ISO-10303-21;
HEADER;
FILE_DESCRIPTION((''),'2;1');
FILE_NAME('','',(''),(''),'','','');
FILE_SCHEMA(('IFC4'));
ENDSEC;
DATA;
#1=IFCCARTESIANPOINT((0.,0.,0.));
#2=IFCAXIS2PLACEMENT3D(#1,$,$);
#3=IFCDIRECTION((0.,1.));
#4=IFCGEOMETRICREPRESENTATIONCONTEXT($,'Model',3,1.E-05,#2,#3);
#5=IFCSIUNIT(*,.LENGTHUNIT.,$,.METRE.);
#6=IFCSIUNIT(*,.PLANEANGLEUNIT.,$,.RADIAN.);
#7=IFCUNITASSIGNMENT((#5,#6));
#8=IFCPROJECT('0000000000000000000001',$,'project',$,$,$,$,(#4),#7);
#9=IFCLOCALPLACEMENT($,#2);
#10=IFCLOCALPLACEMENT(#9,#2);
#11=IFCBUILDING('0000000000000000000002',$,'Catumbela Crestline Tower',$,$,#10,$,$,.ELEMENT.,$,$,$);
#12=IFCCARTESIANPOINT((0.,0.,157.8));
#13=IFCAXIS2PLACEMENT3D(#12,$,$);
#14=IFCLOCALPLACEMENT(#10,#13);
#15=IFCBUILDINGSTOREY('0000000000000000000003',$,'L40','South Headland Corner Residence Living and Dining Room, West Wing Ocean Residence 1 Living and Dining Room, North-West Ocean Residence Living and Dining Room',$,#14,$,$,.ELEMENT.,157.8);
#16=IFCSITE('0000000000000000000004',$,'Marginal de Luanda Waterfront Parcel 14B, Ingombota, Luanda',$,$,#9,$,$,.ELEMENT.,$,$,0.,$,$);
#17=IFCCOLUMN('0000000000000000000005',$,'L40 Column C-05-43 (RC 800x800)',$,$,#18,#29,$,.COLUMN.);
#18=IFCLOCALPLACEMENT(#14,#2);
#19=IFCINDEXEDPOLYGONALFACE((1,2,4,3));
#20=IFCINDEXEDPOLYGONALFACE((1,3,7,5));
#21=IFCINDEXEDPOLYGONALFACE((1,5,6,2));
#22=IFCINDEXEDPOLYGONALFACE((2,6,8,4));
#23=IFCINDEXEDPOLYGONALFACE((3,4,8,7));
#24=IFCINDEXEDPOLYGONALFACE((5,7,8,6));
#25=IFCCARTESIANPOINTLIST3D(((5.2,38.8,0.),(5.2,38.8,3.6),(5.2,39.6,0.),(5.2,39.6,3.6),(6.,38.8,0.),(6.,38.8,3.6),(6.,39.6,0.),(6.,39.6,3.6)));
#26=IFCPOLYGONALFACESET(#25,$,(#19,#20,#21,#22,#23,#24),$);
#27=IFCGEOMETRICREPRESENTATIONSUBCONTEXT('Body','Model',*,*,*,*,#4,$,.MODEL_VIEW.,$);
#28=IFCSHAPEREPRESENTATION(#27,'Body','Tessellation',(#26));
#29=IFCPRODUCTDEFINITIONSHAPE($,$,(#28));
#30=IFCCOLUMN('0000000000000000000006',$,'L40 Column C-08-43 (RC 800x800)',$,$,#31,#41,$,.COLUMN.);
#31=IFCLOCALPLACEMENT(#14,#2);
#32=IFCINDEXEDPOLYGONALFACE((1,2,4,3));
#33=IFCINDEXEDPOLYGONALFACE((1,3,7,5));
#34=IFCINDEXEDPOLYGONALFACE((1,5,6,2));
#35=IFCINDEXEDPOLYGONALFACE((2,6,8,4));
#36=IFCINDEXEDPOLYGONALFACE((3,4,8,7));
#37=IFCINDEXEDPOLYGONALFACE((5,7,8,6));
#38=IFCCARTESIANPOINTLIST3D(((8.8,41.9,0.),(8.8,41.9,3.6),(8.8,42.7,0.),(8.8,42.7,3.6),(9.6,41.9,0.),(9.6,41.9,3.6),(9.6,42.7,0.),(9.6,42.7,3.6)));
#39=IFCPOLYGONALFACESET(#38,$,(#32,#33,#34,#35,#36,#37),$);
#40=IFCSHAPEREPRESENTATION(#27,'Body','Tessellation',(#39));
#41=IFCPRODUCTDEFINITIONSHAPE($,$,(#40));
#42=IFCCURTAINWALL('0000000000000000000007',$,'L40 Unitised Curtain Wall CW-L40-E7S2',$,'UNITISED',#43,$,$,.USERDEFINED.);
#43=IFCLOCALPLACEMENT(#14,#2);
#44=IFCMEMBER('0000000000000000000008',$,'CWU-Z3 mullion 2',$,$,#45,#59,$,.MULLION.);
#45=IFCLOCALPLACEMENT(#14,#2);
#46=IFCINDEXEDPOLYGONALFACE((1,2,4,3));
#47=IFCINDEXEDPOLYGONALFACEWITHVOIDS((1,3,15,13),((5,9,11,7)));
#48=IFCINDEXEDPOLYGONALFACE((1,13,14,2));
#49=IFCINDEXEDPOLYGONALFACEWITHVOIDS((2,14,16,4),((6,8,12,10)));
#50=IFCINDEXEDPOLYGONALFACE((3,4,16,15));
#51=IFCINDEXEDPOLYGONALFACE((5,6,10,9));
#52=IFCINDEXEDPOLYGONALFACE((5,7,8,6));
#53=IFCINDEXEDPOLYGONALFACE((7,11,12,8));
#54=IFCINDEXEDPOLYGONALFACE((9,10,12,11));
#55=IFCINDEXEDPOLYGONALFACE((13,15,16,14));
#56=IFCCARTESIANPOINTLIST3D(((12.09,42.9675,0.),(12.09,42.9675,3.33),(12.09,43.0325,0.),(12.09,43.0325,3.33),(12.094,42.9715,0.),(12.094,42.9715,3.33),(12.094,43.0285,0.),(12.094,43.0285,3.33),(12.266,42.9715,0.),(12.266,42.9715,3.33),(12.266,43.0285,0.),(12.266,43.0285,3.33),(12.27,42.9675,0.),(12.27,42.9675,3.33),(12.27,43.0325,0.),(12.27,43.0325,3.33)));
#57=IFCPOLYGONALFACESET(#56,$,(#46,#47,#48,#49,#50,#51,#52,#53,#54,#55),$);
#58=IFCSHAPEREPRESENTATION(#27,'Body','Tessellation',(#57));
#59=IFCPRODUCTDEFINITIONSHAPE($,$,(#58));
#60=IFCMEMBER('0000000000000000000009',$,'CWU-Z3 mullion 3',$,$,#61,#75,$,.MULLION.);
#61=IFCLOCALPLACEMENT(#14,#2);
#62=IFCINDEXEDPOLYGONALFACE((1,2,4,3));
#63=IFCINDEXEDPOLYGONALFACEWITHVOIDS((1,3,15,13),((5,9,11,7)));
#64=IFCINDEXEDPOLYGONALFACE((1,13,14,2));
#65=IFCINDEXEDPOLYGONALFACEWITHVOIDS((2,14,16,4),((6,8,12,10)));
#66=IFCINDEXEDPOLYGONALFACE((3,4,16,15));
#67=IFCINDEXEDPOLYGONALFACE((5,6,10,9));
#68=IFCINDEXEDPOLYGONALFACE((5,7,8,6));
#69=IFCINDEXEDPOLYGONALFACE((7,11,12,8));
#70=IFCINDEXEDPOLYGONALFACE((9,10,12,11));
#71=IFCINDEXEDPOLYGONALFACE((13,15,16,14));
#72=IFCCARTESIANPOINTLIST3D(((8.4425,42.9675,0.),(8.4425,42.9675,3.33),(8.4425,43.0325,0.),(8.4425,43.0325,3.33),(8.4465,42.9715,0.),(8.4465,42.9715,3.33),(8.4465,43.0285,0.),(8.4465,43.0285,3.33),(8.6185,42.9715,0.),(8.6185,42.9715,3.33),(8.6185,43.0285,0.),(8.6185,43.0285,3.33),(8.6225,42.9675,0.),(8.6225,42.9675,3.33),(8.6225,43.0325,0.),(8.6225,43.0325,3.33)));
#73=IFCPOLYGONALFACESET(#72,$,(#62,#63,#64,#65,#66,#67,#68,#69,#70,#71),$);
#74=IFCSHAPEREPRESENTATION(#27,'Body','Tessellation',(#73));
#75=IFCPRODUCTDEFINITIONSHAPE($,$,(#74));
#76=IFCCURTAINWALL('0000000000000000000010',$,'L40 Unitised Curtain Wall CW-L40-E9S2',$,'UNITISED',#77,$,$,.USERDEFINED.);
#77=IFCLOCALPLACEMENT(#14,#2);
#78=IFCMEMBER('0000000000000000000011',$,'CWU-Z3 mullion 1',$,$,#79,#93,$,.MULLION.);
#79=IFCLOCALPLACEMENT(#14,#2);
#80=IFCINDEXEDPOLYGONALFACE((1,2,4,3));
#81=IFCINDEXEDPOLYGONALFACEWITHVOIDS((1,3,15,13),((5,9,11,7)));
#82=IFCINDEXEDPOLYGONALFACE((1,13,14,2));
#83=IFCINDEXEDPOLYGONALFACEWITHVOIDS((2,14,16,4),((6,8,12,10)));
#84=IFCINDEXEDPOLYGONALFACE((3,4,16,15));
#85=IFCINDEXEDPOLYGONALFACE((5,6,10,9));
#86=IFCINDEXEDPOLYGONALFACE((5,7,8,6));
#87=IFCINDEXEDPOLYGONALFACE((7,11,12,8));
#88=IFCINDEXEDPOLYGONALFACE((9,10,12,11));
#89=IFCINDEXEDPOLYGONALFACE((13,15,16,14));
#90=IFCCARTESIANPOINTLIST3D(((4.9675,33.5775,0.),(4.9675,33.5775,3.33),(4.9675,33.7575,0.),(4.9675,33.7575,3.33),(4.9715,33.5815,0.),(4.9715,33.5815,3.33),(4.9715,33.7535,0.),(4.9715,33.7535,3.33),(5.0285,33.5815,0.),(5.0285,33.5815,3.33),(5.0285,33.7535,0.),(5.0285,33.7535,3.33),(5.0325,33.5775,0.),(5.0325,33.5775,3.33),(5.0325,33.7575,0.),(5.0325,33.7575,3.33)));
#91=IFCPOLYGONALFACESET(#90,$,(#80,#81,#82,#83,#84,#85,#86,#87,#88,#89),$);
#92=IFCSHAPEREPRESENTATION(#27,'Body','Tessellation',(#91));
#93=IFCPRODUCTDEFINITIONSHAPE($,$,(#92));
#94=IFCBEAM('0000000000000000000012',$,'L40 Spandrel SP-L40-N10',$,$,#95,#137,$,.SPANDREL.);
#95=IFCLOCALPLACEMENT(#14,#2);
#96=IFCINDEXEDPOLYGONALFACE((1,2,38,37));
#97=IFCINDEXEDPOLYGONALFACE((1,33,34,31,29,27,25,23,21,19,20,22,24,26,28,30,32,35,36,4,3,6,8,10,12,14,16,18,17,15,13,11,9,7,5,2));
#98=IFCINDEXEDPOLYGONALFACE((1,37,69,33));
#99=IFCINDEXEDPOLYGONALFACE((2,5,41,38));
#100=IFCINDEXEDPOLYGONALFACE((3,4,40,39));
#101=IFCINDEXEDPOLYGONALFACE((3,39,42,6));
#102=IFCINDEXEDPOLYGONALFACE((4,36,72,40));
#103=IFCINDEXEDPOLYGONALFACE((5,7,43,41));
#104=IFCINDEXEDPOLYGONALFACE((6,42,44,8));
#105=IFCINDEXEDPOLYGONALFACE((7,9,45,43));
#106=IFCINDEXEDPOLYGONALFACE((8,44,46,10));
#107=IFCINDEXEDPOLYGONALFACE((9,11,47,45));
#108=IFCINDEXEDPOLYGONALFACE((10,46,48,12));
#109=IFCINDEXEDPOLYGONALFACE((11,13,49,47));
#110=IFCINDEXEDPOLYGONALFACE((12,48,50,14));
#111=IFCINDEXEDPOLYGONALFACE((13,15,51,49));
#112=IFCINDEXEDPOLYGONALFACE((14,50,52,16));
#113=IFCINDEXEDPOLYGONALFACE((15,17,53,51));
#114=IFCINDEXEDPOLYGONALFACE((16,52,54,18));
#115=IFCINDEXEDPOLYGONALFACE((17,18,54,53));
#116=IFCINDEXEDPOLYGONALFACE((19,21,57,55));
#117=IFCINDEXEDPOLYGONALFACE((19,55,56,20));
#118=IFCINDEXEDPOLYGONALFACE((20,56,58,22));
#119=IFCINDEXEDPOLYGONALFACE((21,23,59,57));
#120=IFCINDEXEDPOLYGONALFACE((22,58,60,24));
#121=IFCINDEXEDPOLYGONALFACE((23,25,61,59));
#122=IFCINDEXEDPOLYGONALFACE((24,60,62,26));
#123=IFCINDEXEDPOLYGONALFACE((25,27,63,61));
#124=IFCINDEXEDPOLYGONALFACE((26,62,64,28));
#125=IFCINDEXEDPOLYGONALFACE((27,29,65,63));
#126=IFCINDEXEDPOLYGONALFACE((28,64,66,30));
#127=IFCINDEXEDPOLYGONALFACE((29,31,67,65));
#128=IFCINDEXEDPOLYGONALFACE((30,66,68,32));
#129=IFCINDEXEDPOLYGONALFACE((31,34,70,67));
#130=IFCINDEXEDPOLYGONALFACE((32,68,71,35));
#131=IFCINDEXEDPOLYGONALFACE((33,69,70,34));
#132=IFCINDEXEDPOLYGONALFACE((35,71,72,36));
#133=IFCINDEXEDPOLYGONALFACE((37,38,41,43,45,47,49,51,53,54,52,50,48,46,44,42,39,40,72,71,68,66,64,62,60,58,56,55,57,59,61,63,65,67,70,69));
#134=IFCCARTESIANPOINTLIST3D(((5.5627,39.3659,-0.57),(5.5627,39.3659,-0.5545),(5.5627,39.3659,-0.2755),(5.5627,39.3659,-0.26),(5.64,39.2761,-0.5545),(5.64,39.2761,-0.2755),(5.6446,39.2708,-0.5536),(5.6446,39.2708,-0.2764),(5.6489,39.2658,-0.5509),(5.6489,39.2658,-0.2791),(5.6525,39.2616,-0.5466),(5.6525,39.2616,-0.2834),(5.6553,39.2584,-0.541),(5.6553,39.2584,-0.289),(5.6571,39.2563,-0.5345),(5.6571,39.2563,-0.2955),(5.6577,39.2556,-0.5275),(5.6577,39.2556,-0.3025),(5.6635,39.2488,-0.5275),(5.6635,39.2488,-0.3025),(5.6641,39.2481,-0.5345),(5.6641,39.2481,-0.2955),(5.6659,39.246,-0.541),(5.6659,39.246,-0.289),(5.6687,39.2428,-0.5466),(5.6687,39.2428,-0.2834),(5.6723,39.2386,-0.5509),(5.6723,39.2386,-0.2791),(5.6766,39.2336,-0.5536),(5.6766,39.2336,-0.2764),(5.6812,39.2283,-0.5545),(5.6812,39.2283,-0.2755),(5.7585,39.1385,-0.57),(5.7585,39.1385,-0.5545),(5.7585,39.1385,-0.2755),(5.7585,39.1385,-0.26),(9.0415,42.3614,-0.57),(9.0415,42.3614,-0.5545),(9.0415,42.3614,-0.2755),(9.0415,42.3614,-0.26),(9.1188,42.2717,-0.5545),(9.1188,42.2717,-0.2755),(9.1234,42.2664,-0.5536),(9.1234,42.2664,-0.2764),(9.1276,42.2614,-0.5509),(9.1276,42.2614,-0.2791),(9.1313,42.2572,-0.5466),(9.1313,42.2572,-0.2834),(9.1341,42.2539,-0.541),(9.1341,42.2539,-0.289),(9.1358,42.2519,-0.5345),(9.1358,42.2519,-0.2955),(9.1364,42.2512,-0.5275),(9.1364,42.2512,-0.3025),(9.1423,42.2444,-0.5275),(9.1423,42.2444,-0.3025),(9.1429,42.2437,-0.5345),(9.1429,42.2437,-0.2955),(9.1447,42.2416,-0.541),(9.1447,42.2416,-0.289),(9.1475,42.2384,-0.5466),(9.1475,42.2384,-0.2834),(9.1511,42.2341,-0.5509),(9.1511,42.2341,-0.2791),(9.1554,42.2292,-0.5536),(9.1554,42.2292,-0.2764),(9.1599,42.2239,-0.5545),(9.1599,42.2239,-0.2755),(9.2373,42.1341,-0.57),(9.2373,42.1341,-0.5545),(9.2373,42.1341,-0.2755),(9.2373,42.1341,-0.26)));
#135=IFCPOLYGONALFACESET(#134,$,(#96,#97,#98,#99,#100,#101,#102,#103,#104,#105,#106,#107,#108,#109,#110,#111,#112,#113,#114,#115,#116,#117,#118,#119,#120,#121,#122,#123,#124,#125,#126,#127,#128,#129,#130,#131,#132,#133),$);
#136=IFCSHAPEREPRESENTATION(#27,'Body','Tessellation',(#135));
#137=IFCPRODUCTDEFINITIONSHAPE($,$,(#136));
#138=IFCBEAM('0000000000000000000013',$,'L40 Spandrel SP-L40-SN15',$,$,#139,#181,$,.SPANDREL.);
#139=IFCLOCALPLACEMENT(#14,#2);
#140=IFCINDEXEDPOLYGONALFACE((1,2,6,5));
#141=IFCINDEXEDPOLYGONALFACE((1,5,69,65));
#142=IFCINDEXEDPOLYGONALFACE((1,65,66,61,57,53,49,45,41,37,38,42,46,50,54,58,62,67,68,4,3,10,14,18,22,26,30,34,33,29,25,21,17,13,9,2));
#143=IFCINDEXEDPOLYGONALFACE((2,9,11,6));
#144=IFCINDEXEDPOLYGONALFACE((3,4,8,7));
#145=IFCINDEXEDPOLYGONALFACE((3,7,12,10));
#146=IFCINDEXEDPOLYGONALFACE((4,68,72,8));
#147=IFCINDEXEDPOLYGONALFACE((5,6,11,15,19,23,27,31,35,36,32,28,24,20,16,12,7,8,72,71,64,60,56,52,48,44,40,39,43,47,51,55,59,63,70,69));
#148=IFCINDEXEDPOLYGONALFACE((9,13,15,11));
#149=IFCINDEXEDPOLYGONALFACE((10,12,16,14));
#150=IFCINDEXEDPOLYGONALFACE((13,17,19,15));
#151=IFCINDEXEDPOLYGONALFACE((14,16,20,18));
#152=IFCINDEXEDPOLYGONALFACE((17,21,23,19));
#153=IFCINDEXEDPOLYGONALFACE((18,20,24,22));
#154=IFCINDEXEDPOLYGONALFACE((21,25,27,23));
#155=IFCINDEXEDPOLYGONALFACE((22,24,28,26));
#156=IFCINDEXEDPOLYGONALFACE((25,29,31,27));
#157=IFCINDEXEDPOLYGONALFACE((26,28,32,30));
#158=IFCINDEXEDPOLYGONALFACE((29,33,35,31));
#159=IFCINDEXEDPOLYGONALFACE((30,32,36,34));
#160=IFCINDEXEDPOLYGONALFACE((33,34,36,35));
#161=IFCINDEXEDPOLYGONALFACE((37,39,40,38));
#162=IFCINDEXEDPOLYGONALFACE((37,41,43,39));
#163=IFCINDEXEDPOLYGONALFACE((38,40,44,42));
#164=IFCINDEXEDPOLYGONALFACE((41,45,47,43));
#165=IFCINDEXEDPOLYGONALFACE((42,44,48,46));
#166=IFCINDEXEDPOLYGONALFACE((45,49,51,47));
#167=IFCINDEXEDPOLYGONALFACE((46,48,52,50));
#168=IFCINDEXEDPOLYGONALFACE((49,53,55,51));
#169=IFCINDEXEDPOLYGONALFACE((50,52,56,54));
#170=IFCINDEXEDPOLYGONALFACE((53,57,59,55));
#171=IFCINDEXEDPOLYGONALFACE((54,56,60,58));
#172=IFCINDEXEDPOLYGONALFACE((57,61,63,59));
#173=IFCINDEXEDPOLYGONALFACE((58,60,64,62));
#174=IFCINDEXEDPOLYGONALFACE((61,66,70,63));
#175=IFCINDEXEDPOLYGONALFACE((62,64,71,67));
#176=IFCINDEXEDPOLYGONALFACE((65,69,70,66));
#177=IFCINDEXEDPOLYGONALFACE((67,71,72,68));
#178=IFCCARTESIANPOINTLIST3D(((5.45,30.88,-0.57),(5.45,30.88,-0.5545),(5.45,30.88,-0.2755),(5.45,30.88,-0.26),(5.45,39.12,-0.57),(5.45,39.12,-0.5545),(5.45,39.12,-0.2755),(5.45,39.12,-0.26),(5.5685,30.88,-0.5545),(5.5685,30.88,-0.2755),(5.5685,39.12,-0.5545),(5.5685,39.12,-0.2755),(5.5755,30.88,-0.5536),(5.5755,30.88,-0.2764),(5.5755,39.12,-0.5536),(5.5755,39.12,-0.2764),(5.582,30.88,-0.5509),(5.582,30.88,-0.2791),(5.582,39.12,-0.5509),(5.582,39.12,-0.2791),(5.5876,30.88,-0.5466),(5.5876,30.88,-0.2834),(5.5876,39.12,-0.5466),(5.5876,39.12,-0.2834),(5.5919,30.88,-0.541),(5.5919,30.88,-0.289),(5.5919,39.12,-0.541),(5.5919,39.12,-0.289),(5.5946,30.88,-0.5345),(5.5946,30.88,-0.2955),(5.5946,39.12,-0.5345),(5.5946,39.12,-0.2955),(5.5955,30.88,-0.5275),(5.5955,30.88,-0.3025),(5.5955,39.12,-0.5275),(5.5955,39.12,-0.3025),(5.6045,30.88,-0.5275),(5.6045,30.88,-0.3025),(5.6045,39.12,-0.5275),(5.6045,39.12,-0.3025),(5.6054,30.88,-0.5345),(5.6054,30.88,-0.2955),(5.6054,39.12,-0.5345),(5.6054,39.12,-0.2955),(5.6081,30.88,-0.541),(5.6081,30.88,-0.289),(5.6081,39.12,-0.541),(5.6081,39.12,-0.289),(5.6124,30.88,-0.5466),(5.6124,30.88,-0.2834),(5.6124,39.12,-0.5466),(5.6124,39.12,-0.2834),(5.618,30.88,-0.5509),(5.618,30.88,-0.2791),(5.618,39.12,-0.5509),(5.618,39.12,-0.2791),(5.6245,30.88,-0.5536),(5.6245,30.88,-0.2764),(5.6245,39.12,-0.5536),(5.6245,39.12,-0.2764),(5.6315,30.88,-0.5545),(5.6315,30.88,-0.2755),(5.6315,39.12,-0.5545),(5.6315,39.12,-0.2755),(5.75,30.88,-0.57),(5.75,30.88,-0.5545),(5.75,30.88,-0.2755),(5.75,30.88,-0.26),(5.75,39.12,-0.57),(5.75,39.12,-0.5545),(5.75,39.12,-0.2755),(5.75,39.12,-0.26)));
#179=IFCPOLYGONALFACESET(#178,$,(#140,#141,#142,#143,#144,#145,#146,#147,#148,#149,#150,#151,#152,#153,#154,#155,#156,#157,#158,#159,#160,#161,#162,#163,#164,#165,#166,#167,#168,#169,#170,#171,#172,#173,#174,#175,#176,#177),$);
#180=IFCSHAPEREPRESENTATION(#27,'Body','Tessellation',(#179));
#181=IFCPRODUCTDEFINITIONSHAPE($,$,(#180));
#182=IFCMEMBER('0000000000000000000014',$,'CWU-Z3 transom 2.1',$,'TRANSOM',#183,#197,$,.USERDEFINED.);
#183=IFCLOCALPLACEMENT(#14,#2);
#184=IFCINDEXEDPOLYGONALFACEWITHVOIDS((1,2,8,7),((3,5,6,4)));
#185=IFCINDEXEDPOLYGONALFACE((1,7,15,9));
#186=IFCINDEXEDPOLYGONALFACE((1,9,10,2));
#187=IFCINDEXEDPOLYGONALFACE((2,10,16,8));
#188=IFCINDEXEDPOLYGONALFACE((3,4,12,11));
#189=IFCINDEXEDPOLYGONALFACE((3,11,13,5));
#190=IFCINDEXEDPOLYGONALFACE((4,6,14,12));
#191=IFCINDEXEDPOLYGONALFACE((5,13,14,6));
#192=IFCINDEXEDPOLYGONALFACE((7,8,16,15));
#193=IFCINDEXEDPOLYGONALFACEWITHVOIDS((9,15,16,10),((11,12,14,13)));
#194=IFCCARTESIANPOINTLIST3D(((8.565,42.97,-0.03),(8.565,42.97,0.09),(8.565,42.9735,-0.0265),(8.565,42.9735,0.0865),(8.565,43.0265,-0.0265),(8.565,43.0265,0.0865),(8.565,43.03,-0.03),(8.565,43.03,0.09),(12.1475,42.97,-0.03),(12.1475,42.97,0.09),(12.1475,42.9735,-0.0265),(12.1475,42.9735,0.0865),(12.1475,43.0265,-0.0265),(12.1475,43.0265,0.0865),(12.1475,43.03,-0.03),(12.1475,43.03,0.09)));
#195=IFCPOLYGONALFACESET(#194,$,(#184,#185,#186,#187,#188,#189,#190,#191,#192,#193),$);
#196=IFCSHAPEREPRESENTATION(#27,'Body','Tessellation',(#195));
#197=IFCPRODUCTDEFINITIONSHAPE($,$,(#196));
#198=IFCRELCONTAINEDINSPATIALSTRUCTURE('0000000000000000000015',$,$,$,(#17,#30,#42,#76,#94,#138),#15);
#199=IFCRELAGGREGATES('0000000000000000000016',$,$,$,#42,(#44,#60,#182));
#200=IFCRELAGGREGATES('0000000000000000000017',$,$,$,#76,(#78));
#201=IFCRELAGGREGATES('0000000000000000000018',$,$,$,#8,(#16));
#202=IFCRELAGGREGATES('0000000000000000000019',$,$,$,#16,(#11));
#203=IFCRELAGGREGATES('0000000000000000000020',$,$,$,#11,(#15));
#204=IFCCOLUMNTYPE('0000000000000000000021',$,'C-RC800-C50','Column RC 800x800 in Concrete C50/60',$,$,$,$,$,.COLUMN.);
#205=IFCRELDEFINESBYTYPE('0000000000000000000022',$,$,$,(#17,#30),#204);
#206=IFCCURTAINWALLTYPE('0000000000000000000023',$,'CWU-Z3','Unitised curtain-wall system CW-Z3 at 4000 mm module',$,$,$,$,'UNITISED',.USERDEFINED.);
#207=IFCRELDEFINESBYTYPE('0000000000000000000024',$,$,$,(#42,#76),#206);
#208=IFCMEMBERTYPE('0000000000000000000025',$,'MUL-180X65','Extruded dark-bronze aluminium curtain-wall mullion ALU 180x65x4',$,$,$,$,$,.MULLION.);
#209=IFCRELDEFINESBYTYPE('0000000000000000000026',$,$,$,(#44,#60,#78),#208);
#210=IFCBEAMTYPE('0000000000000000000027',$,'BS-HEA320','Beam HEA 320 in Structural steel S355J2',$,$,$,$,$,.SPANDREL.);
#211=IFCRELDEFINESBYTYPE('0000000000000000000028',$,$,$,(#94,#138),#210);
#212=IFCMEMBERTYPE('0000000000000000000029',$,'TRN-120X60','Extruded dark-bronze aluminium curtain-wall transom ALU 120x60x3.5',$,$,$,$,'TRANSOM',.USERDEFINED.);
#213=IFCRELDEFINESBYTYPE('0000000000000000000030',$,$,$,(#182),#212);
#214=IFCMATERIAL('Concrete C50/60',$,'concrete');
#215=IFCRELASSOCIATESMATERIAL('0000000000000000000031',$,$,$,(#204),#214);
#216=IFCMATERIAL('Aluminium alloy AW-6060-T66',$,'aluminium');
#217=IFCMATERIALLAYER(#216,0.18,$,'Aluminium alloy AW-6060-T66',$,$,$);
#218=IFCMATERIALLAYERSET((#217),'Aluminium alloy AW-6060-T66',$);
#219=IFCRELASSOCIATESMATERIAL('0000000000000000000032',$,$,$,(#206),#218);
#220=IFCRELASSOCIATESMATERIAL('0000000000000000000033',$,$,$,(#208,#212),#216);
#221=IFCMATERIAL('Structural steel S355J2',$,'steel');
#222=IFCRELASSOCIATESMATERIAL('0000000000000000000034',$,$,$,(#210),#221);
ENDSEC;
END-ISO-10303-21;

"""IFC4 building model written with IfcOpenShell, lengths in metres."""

from ifc_helpers import new_model, si_unit, direction, frame, origin, origin_2d, place, context, subcontext, project, spatial, rectangle, hollow_rectangle, i_section, extrude, material, layer, layer_set, material_profile, profile_set, type_object, element, aggregate, save


model = new_model("IFC4")

# Units and contexts
model_context = context("Model", 3, precision=1e-05, world=origin(), true_north=direction((0.0, 1.0)))
body_context = subcontext(model_context, "Body", "Model", "MODEL_VIEW")
ifc_project = project(units=[si_unit("LENGTHUNIT", "METRE"), si_unit("PLANEANGLEUNIT", "RADIAN")], contexts=[model_context])

# Site, building, storey
site_placement = place(None, origin())
site = spatial("IfcSite", under=ifc_project, at=site_placement, Name="Marginal de Luanda Waterfront Parcel 14B, Ingombota, Luanda", CompositionType="ELEMENT", RefElevation=0.0)
building_placement = place(site_placement, origin())
building = spatial("IfcBuilding", under=site, at=building_placement, Name="Catumbela Crestline Tower", CompositionType="ELEMENT")
storey_placement = place(building_placement, frame((0.0, 0.0, 157.8)))
storey = spatial("IfcBuildingStorey", under=building, at=storey_placement, Name="L40", Description="South Headland Corner Residence Living and Dining Room, West Wing Ocean Residence 1 Living and Dining Room, North-West Ocean Residence Living and Dining Room", CompositionType="ELEMENT", Elevation=157.8)

# Columns
ifc_material_1 = material(Name="Concrete C50/60", Category="concrete")
ifc_material_profile_1 = material_profile(ifc_material_1, rectangle(XDim=0.8, YDim=0.8, at=origin_2d()), Name="RC 800x800")
ifc_profile_set_1 = profile_set([ifc_material_profile_1], Name="Concrete C50/60")
column_type = type_object("IfcColumnType", Name="C-RC800-C50", Description="Column RC 800x800 in Concrete C50/60", PredefinedType="COLUMN", material=ifc_profile_set_1)
for number, where, z_axis, x_axis, name in (
    (1, (5.6, 39.2, 0.0), (0.0, 0.0, 1.0), (1.0, 0.0, 0.0), "L40 Column C-05-43 (RC 800x800)"),
    (2, (9.2, 42.3, 0.0), (0.0, 0.0, 1.0), (1.0, 0.0, 0.0), "L40 Column C-08-43 (RC 800x800)"),
):
    element("IfcColumn", number, at=place(storey_placement, frame(where, z_axis=z_axis, x_axis=x_axis)), inside=storey, type_object=column_type, Name=name, PredefinedType="COLUMN", context=body_context, shape_type="SweptSolid", body=[
        extrude(rectangle(XDim=0.8, YDim=0.8, at=origin_2d()), origin(), (0.0, 0.0, 1.0), 3.6),
    ])

# Curtain wall, members
ifc_material_2 = material(Name="Aluminium alloy AW-6060-T66", Category="aluminium")
ifc_layer_1 = layer(ifc_material_2, 0.18, Name="Aluminium alloy AW-6060-T66")
ifc_layer_set_1 = layer_set([ifc_layer_1], Name="Aluminium alloy AW-6060-T66")
curtain_wall_type = type_object("IfcCurtainWallType", Name="CWU-Z3", Description="Unitised curtain-wall system CW-Z3 at 4000 mm module", ElementType="UNITISED", PredefinedType="USERDEFINED", material=ifc_layer_set_1)
curtain_wall_1_placement = place(storey_placement, origin())
curtain_wall_1 = element("IfcCurtainWall", 3, at=curtain_wall_1_placement, inside=storey, type_object=curtain_wall_type, Name="L40 Unitised Curtain Wall CW-L40-E7S2", ObjectType="UNITISED", PredefinedType="USERDEFINED")
ifc_material_profile_2 = material_profile(ifc_material_2, hollow_rectangle(XDim=0.065, YDim=0.18, WallThickness=0.004, at=origin_2d()), Name="ALU 180x65x4")
ifc_profile_set_2 = profile_set([ifc_material_profile_2], Name="Aluminium alloy AW-6060-T66")
member_type_1 = type_object("IfcMemberType", Name="MUL-180X65", Description="Extruded dark-bronze aluminium curtain-wall mullion ALU 180x65x4", PredefinedType="MULLION", material=ifc_profile_set_2)
member_1_placement = place(storey_placement, frame((12.18, 43.0, 0.0), z_axis=(0.0, 0.0, 1.0), x_axis=(0.0, -1.0, 0.0)))
member_1 = element("IfcMember", 4, at=member_1_placement, type_object=member_type_1, Name="CWU-Z3 mullion 2", PredefinedType="MULLION", context=body_context, shape_type="SweptSolid", body=[
    extrude(hollow_rectangle(XDim=0.065, YDim=0.18, WallThickness=0.004, at=origin_2d()), origin(), (0.0, 0.0, 1.0), 3.33),
])
member_2_placement = place(storey_placement, frame((8.5325, 43.0, 0.0), z_axis=(0.0, 0.0, 1.0), x_axis=(0.0, -1.0, 0.0)))
member_2 = element("IfcMember", 5, at=member_2_placement, type_object=member_type_1, Name="CWU-Z3 mullion 3", PredefinedType="MULLION", context=body_context, shape_type="SweptSolid", body=[
    extrude(hollow_rectangle(XDim=0.065, YDim=0.18, WallThickness=0.004, at=origin_2d()), origin(), (0.0, 0.0, 1.0), 3.33),
])

# Curtain wall, member
curtain_wall_2_placement = place(storey_placement, origin())
curtain_wall_2 = element("IfcCurtainWall", 6, at=curtain_wall_2_placement, inside=storey, type_object=curtain_wall_type, Name="L40 Unitised Curtain Wall CW-L40-E9S2", ObjectType="UNITISED", PredefinedType="USERDEFINED")
member_3_placement = place(storey_placement, frame((5.0, 33.6675, 0.0), z_axis=(0.0, 0.0, 1.0), x_axis=(1.0, 0.0, 0.0)))
member_3 = element("IfcMember", 7, at=member_3_placement, type_object=member_type_1, Name="CWU-Z3 mullion 1", PredefinedType="MULLION", context=body_context, shape_type="SweptSolid", body=[
    extrude(hollow_rectangle(XDim=0.065, YDim=0.18, WallThickness=0.004, at=origin_2d()), origin(), (0.0, 0.0, 1.0), 3.33),
])

# Beams
ifc_material_3 = material(Name="Structural steel S355J2", Category="steel")
ifc_material_profile_3 = material_profile(ifc_material_3, i_section(OverallWidth=0.3, OverallDepth=0.31, WebThickness=0.009, FlangeThickness=0.0155, FilletRadius=0.027, at=origin_2d()), Name="HEA 320")
ifc_profile_set_3 = profile_set([ifc_material_profile_3], Name="Structural steel S355J2")
beam_type = type_object("IfcBeamType", Name="BS-HEA320", Description="Beam HEA 320 in Structural steel S355J2", PredefinedType="SPANDREL", material=ifc_profile_set_3)
beam_1_placement = place(storey_placement, frame((5.6606, 39.2522, -0.415), z_axis=(0.757772, 0.652519, 0.0), x_axis=(-0.652519, 0.757772, 0.0)))
element("IfcBeam", 8, at=beam_1_placement, inside=storey, type_object=beam_type, Name="L40 Spandrel SP-L40-N10", PredefinedType="SPANDREL", context=body_context, shape_type="SweptSolid", body=[
    extrude(i_section(OverallWidth=0.3, OverallDepth=0.31, WebThickness=0.009, FlangeThickness=0.0155, FilletRadius=0.027, at=origin_2d()), origin(), (0.0, 0.0, 1.0), 4.5908),
])
beam_2_placement = place(storey_placement, frame((5.6, 30.88, -0.415), z_axis=(0.0, 1.0, 0.0), x_axis=(-1.0, 0.0, 0.0)))
element("IfcBeam", 9, at=beam_2_placement, inside=storey, type_object=beam_type, Name="L40 Spandrel SP-L40-SN15", PredefinedType="SPANDREL", context=body_context, shape_type="SweptSolid", body=[
    extrude(i_section(OverallWidth=0.3, OverallDepth=0.31, WebThickness=0.009, FlangeThickness=0.0155, FilletRadius=0.027, at=origin_2d()), origin(), (0.0, 0.0, 1.0), 8.24),
])

# Member
ifc_material_profile_4 = material_profile(ifc_material_2, hollow_rectangle(XDim=0.06, YDim=0.12, WallThickness=0.0035, at=origin_2d()), Name="ALU 120x60x3.5")
ifc_profile_set_4 = profile_set([ifc_material_profile_4], Name="Aluminium alloy AW-6060-T66")
member_type_2 = type_object("IfcMemberType", Name="TRN-120X60", Description="Extruded dark-bronze aluminium curtain-wall transom ALU 120x60x3.5", ElementType="TRANSOM", PredefinedType="USERDEFINED", material=ifc_profile_set_4)
member_4_placement = place(storey_placement, frame((12.1475, 43.0, 0.03), z_axis=(-1.0, 0.0, 0.0), x_axis=(0.0, -1.0, 0.0)))
member_4 = element("IfcMember", 10, at=member_4_placement, type_object=member_type_2, Name="CWU-Z3 transom 2.1", ObjectType="TRANSOM", PredefinedType="USERDEFINED", context=body_context, shape_type="SweptSolid", body=[
    extrude(hollow_rectangle(XDim=0.06, YDim=0.12, WallThickness=0.0035, at=origin_2d()), origin(), (0.0, 0.0, 1.0), 3.5825),
])

aggregate(curtain_wall_1, [member_1, member_2, member_4])
aggregate(curtain_wall_2, [member_3])

save(model, "model.ifc")
